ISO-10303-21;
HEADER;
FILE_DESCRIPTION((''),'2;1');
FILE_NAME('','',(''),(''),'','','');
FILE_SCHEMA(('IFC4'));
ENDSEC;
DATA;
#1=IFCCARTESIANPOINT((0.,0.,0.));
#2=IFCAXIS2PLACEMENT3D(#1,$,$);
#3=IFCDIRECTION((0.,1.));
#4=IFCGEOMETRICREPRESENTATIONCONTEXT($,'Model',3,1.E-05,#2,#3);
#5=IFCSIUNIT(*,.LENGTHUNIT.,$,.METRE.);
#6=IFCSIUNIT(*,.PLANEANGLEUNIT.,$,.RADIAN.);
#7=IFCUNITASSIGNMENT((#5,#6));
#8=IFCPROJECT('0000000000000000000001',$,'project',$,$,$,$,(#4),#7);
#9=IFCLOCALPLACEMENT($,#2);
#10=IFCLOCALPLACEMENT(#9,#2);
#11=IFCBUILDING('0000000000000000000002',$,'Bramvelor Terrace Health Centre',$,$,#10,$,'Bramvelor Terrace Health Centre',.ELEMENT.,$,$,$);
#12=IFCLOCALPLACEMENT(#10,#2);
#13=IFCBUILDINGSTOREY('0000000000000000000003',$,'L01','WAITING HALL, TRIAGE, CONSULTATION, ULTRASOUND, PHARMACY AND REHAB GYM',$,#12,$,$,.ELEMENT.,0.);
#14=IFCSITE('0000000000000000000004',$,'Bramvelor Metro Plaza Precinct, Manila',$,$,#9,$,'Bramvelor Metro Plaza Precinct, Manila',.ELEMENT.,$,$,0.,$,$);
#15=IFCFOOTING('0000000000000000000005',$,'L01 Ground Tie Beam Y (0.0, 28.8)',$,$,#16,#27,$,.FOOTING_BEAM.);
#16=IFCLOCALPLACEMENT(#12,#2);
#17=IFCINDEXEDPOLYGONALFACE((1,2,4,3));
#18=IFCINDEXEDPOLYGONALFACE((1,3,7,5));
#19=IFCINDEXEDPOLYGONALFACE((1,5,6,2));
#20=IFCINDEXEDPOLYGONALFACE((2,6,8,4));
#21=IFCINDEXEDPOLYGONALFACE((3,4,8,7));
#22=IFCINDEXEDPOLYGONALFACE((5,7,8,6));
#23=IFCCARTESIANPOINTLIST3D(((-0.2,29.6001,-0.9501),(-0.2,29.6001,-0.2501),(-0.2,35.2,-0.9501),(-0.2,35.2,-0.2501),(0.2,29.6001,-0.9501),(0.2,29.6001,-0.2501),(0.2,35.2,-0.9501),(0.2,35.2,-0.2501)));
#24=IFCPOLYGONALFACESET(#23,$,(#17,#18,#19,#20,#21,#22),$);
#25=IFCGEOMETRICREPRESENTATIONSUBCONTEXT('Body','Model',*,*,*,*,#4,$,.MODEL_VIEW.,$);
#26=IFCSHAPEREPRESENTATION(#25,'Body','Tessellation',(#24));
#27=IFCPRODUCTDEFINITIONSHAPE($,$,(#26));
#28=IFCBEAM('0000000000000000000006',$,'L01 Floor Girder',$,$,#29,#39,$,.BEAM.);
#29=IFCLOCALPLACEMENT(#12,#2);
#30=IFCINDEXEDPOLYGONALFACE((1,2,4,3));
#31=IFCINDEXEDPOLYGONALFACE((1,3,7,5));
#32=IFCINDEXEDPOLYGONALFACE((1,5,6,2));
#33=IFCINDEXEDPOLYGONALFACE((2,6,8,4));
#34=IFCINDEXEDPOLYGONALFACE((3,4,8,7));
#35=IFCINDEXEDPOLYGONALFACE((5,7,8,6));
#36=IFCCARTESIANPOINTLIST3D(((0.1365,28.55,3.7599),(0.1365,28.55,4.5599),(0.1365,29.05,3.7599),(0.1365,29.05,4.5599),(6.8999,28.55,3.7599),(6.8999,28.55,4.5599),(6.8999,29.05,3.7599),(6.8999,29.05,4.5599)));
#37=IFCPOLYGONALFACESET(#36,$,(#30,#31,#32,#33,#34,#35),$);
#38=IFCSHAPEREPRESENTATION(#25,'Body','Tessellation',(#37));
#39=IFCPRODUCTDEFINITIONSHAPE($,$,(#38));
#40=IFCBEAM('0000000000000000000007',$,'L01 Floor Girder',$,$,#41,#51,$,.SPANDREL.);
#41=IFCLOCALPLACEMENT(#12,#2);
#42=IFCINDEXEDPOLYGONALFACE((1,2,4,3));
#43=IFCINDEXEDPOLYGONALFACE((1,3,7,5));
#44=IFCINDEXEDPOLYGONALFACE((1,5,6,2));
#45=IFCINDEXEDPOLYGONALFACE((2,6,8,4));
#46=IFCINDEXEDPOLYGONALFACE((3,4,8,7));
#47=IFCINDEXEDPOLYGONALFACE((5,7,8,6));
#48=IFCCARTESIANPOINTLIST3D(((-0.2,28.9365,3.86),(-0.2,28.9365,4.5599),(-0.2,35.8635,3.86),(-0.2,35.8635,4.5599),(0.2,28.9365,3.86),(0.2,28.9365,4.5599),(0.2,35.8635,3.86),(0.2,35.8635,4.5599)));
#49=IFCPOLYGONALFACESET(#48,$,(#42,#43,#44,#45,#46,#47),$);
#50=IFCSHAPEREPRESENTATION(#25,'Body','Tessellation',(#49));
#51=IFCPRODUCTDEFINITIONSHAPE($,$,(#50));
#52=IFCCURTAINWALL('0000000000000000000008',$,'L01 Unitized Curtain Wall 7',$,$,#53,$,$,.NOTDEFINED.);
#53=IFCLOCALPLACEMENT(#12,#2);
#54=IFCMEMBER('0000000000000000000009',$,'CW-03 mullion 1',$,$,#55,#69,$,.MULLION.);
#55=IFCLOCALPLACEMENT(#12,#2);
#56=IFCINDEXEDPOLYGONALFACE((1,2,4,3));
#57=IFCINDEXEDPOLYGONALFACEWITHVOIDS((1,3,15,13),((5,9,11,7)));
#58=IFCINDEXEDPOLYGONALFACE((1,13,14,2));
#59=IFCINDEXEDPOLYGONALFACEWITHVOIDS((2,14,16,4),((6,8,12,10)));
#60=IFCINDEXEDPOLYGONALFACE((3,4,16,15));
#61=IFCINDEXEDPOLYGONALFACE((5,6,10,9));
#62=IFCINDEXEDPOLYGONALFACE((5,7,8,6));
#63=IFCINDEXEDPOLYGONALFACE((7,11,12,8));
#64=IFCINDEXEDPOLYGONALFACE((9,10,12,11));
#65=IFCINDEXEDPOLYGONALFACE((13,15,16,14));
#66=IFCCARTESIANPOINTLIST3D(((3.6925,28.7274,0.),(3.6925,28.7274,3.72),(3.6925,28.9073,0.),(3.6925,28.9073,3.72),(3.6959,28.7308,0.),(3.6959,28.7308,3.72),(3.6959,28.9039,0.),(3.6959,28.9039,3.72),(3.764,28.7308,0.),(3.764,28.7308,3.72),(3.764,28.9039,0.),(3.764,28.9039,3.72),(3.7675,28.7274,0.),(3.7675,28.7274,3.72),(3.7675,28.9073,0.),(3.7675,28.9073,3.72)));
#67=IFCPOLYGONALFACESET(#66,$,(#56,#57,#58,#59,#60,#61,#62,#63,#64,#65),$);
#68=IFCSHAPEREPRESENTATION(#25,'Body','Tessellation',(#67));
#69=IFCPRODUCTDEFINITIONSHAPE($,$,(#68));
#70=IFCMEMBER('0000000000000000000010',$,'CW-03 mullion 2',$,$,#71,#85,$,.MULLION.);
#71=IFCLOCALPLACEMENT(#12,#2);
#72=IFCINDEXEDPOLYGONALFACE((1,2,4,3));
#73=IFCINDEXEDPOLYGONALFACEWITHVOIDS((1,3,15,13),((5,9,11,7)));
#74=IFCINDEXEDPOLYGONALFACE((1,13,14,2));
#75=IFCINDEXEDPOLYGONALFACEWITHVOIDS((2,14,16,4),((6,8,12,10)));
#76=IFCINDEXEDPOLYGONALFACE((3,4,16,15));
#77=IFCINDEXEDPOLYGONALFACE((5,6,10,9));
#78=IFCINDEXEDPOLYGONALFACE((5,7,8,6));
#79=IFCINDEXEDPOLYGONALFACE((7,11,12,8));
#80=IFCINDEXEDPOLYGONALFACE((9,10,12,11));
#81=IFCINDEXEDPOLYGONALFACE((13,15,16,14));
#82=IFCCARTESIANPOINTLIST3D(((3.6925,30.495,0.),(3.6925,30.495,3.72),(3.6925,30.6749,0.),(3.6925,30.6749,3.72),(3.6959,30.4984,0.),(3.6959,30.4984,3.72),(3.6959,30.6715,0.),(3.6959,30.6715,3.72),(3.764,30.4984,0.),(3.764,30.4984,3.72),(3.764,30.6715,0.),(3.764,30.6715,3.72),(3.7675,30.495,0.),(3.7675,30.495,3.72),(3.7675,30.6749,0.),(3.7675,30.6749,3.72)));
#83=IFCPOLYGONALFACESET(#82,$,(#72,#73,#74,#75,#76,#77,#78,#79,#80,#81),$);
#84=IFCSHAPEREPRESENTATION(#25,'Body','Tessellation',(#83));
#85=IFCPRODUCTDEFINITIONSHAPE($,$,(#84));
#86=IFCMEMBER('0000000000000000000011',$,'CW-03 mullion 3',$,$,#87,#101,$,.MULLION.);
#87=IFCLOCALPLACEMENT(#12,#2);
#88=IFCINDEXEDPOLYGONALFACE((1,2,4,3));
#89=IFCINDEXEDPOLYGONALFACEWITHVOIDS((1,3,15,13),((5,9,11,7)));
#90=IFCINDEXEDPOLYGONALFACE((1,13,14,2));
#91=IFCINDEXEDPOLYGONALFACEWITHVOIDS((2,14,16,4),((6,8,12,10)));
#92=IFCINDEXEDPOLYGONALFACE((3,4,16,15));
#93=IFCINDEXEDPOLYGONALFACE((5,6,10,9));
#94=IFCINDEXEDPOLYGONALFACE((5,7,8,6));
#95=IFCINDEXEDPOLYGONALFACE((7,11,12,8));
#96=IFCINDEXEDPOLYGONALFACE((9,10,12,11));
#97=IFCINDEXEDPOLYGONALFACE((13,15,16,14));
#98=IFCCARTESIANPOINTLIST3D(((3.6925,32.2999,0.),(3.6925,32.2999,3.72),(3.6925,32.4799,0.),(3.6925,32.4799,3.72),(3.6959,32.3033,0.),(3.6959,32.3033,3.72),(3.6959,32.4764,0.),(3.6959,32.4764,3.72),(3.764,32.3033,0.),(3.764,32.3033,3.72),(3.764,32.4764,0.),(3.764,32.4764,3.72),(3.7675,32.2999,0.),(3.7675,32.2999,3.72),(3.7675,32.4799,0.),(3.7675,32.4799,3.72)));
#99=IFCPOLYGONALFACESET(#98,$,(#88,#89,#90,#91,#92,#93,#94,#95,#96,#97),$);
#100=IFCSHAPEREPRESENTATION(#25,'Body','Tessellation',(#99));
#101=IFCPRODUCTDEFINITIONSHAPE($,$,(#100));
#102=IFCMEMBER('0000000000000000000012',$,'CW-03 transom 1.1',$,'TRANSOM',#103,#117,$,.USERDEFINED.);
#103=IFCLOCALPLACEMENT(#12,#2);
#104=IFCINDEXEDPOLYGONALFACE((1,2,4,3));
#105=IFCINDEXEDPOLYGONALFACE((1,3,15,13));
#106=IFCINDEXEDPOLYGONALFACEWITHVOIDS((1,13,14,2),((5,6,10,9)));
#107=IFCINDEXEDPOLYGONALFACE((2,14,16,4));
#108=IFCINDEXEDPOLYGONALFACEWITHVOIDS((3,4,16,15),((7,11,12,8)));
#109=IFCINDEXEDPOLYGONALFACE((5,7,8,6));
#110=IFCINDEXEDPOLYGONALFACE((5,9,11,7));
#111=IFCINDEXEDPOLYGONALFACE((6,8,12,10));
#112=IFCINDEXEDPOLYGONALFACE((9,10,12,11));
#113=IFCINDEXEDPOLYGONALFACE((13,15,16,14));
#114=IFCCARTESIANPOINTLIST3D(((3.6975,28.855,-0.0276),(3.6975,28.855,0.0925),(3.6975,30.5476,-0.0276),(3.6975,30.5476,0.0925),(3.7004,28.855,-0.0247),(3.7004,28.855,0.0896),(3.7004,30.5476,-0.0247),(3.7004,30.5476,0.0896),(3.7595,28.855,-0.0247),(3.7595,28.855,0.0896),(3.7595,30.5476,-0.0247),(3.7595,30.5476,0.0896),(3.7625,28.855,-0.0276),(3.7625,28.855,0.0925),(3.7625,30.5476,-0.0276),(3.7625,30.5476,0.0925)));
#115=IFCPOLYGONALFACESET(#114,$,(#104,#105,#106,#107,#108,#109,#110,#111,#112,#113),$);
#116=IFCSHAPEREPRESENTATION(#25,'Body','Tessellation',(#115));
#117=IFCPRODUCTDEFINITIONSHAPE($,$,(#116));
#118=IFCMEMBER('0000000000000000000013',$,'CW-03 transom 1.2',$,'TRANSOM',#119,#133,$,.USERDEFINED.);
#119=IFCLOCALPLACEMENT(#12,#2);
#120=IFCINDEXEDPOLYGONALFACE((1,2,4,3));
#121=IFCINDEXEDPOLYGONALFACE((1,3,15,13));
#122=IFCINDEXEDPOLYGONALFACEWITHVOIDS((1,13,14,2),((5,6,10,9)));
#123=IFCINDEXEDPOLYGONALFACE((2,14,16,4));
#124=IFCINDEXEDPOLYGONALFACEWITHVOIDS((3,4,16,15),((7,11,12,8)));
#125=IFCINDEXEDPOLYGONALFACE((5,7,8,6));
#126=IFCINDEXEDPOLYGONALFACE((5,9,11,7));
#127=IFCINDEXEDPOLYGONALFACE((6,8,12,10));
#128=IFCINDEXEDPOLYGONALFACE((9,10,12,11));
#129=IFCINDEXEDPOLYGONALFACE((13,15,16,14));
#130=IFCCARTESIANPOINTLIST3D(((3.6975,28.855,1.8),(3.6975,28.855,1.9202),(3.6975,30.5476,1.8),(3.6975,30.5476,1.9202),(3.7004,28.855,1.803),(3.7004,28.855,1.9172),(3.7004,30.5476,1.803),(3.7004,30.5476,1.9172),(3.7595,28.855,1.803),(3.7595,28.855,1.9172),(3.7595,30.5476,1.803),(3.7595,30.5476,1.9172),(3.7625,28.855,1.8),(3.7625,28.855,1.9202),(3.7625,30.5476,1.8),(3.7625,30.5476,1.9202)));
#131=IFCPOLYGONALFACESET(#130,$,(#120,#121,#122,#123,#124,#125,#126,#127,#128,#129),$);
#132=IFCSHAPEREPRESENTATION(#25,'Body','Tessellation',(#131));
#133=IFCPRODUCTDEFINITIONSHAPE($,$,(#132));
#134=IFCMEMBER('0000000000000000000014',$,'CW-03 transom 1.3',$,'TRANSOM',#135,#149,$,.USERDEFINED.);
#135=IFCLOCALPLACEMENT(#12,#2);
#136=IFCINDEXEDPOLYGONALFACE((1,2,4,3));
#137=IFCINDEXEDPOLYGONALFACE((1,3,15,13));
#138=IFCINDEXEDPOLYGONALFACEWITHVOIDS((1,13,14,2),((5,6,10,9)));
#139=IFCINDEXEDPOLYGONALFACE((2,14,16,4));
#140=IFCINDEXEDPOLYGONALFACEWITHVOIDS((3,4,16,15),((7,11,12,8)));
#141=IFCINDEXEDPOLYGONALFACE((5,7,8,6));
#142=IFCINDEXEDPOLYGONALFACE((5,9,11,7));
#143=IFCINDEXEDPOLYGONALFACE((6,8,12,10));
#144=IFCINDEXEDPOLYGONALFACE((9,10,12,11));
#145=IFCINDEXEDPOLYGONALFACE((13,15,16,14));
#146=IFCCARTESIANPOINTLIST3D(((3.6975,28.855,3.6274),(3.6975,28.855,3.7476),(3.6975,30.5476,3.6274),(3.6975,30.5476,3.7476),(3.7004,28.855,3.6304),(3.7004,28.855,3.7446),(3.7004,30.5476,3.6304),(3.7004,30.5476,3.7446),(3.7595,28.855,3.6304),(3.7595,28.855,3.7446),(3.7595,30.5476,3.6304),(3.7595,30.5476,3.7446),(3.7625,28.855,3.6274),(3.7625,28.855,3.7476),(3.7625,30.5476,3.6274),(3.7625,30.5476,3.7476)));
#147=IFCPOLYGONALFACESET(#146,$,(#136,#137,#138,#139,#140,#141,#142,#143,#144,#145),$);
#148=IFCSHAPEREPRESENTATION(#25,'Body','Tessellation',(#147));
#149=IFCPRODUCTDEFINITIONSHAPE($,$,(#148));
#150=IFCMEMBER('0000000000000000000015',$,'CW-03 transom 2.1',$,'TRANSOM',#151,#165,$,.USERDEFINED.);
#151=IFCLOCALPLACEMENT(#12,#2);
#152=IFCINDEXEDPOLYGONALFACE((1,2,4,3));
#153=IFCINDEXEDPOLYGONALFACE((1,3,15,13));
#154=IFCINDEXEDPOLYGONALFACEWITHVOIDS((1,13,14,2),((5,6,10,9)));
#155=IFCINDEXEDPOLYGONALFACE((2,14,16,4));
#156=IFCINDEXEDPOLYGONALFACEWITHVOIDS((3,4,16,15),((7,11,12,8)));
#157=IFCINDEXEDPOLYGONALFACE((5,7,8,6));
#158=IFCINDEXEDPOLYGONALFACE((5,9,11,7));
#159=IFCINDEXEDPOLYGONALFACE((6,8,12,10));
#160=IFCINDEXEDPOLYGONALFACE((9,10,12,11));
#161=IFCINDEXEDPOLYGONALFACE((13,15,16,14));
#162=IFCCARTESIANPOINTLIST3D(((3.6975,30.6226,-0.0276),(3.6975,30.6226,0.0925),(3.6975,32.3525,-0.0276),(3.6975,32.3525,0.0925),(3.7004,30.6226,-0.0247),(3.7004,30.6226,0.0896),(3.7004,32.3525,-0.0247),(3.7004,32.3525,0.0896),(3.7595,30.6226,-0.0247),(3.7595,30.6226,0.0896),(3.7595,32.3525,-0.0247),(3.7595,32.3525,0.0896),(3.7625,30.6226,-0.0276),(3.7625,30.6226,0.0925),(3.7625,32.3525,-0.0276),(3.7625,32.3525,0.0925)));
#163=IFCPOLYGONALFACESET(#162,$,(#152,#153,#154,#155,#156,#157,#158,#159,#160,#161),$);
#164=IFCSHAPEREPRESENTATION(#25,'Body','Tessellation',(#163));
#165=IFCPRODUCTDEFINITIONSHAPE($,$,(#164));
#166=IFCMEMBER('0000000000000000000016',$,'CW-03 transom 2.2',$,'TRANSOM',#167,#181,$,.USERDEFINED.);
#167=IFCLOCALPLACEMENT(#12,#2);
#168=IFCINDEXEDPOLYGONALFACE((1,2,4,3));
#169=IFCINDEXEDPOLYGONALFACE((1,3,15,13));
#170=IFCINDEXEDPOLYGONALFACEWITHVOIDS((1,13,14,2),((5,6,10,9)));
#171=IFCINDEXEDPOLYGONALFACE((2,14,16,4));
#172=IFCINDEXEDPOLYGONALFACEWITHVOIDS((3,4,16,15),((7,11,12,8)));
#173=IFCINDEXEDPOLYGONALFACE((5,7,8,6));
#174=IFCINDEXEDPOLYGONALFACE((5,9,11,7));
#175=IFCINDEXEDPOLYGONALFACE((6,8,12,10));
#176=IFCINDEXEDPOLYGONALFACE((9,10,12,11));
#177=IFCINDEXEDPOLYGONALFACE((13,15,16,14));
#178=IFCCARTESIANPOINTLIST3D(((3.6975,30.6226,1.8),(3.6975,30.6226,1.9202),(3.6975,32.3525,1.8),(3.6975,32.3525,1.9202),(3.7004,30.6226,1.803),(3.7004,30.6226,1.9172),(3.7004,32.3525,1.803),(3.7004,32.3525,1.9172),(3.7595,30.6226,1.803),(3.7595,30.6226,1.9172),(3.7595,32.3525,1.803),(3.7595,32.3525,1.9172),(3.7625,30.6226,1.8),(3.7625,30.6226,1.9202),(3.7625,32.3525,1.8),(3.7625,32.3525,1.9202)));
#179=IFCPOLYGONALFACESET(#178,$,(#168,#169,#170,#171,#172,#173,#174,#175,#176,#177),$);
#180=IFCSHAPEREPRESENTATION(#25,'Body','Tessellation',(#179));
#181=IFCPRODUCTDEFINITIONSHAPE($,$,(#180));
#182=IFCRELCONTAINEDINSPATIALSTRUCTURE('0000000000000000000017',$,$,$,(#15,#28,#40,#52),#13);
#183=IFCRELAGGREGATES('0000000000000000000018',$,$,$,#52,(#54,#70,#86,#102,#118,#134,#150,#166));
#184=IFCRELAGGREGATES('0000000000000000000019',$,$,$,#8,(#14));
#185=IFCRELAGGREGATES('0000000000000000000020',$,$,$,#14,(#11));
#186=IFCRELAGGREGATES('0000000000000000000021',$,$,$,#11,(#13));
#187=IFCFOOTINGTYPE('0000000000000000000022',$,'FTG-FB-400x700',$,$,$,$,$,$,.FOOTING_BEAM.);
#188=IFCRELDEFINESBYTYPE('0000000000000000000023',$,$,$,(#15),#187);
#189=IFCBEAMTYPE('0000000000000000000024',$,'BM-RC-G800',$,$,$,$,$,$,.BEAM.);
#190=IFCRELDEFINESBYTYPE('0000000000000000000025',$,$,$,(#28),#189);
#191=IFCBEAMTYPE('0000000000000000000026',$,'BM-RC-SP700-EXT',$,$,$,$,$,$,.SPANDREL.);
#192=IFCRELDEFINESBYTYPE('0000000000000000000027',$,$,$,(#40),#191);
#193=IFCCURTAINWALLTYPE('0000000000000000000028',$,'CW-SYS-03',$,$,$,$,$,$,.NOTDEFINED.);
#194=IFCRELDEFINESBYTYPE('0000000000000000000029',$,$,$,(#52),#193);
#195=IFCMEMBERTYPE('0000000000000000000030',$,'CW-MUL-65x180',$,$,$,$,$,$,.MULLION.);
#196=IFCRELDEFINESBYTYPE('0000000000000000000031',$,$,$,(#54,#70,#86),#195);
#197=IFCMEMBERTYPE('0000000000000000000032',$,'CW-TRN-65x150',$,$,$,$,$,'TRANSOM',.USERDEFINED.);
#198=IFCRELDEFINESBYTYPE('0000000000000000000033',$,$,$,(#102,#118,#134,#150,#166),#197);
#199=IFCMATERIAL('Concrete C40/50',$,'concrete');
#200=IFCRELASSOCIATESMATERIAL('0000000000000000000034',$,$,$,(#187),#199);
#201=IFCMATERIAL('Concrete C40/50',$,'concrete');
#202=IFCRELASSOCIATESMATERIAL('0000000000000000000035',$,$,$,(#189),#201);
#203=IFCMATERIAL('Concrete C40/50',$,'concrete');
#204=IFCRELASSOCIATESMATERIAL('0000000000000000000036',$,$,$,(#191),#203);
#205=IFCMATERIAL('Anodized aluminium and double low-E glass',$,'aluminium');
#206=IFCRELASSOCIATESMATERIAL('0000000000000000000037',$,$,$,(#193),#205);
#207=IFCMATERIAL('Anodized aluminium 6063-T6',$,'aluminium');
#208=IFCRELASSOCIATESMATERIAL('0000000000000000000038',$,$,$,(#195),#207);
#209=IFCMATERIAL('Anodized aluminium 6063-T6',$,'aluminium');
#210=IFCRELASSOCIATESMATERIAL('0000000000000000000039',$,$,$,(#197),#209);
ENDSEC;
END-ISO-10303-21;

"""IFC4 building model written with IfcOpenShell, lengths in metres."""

from ifc_helpers import new_model, si_unit, direction, frame, origin, origin_2d, place, context, subcontext, project, spatial, rectangle, hollow_rectangle, extrude, material, material_profile, profile_set, type_object, element, aggregate, save


model = new_model("IFC4")

# Units and contexts
model_context = context("Model", 3, precision=1e-05, world=origin(), true_north=direction((0.0, 1.0)))
body_context = subcontext(model_context, "Body", "Model", "MODEL_VIEW")
ifc_project = project(units=[si_unit("LENGTHUNIT", "METRE"), si_unit("PLANEANGLEUNIT", "RADIAN")], contexts=[model_context])

# Site, building, storey
site_placement = place(None, origin())
site = spatial("IfcSite", under=ifc_project, at=site_placement, Name="Bramvelor Metro Plaza Precinct, Manila", LongName="Bramvelor Metro Plaza Precinct, Manila", CompositionType="ELEMENT", RefElevation=0.0)
building_placement = place(site_placement, origin())
building = spatial("IfcBuilding", under=site, at=building_placement, Name="Bramvelor Terrace Health Centre", LongName="Bramvelor Terrace Health Centre", CompositionType="ELEMENT")
storey_placement = place(building_placement, origin())
storey = spatial("IfcBuildingStorey", under=building, at=storey_placement, Name="L01", Description="WAITING HALL, TRIAGE, CONSULTATION, ULTRASOUND, PHARMACY AND REHAB GYM", CompositionType="ELEMENT", Elevation=0.0)

# Footing
ifc_material_1 = material(Name="Concrete C40/50", Category="concrete")
ifc_material_profile_1 = material_profile(ifc_material_1, rectangle(XDim=0.3999, YDim=0.7, at=origin_2d()), Name="RC 400x700")
ifc_profile_set_1 = profile_set([ifc_material_profile_1], Name="Concrete C40/50")
footing_type = type_object("IfcFootingType", Name="FTG-FB-400x700", PredefinedType="FOOTING_BEAM", material=ifc_profile_set_1)
footing_placement = place(storey_placement, frame((0.0, 29.6001, -0.6001), z_axis=(0.0, 1.0, 0.0), x_axis=(-1.0, 0.0, 0.0)))
element("IfcFooting", 1, at=footing_placement, inside=storey, type_object=footing_type, Name="L01 Ground Tie Beam Y (0.0, 28.8)", PredefinedType="FOOTING_BEAM", context=body_context, shape_type="SweptSolid", body=[
    extrude(rectangle(XDim=0.3999, YDim=0.7, at=origin_2d()), origin(), (0.0, 0.0, 1.0), 5.5999),
])

# Beams
ifc_material_2 = material(Name="Concrete C40/50", Category="concrete")
ifc_material_profile_2 = material_profile(ifc_material_2, rectangle(XDim=0.5, YDim=0.8, at=origin_2d()), Name="RC 500x800")
ifc_profile_set_2 = profile_set([ifc_material_profile_2], Name="Concrete C40/50")
beam_type_1 = type_object("IfcBeamType", Name="BM-RC-G800", PredefinedType="BEAM", material=ifc_profile_set_2)
beam_1_placement = place(storey_placement, frame((0.1365, 28.8, 4.1599), z_axis=(1.0, 0.0, 0.0), x_axis=(0.0, 1.0, 0.0)))
element("IfcBeam", 2, at=beam_1_placement, inside=storey, type_object=beam_type_1, Name="L01 Floor Girder", PredefinedType="BEAM", context=body_context, shape_type="SweptSolid", body=[
    extrude(rectangle(XDim=0.5, YDim=0.8, at=origin_2d()), origin(), (0.0, 0.0, 1.0), 6.7634),
])
ifc_material_3 = material(Name="Concrete C40/50", Category="concrete")
ifc_material_profile_3 = material_profile(ifc_material_3, rectangle(XDim=0.3999, YDim=0.7, at=origin_2d()), Name="RC 400x700")
ifc_profile_set_3 = profile_set([ifc_material_profile_3], Name="Concrete C40/50")
beam_type_2 = type_object("IfcBeamType", Name="BM-RC-SP700-EXT", PredefinedType="SPANDREL", material=ifc_profile_set_3)
beam_2_placement = place(storey_placement, frame((0.0, 28.9365, 4.21), z_axis=(0.0, 1.0, 0.0), x_axis=(-1.0, 0.0, 0.0)))
element("IfcBeam", 3, at=beam_2_placement, inside=storey, type_object=beam_type_2, Name="L01 Floor Girder", PredefinedType="SPANDREL", context=body_context, shape_type="SweptSolid", body=[
    extrude(rectangle(XDim=0.3999, YDim=0.7, at=origin_2d()), origin(), (0.0, 0.0, 1.0), 6.927),
])

# Curtain wall, members
ifc_material_4 = material(Name="Anodized aluminium and double low-E glass", Category="aluminium")
curtain_wall_type = type_object("IfcCurtainWallType", Name="CW-SYS-03", PredefinedType="NOTDEFINED", material=ifc_material_4)
curtain_wall_placement = place(storey_placement, origin())
curtain_wall = element("IfcCurtainWall", 4, at=curtain_wall_placement, inside=storey, type_object=curtain_wall_type, Name="L01 Unitized Curtain Wall 7", PredefinedType="NOTDEFINED")
ifc_material_5 = material(Name="Anodized aluminium 6063-T6", Category="aluminium")
ifc_material_profile_4 = material_profile(ifc_material_5, hollow_rectangle(XDim=0.075, YDim=0.1799, WallThickness=0.0034, at=origin_2d()), Name="ALU-MUL 75x180x3.5")
ifc_profile_set_4 = profile_set([ifc_material_profile_4], Name="Anodized aluminium 6063-T6")
member_type_1 = type_object("IfcMemberType", Name="CW-MUL-65x180", PredefinedType="MULLION", material=ifc_profile_set_4)
member_1_placement = place(storey_placement, frame((3.73, 28.8174, 0.0), z_axis=(0.0, 0.0, 1.0), x_axis=(-1.0, 0.0, 0.0)))
member_1 = element("IfcMember", 5, at=member_1_placement, type_object=member_type_1, Name="CW-03 mullion 1", PredefinedType="MULLION", context=body_context, shape_type="SweptSolid", body=[
    extrude(hollow_rectangle(XDim=0.075, YDim=0.1799, WallThickness=0.0034, at=origin_2d()), origin(), (0.0, 0.0, 1.0), 3.72),
])
member_2_placement = place(storey_placement, frame((3.73, 30.585, 0.0), z_axis=(0.0, 0.0, 1.0), x_axis=(-1.0, 0.0, 0.0)))
member_2 = element("IfcMember", 6, at=member_2_placement, type_object=member_type_1, Name="CW-03 mullion 2", PredefinedType="MULLION", context=body_context, shape_type="SweptSolid", body=[
    extrude(hollow_rectangle(XDim=0.075, YDim=0.1799, WallThickness=0.0034, at=origin_2d()), origin(), (0.0, 0.0, 1.0), 3.72),
])
member_3_placement = place(storey_placement, frame((3.73, 32.3899, 0.0), z_axis=(0.0, 0.0, 1.0), x_axis=(-1.0, 0.0, 0.0)))
member_3 = element("IfcMember", 7, at=member_3_placement, type_object=member_type_1, Name="CW-03 mullion 3", PredefinedType="MULLION", context=body_context, shape_type="SweptSolid", body=[
    extrude(hollow_rectangle(XDim=0.075, YDim=0.1799, WallThickness=0.0034, at=origin_2d()), origin(), (0.0, 0.0, 1.0), 3.72),
])
ifc_material_6 = material(Name="Anodized aluminium 6063-T6", Category="aluminium")
ifc_material_profile_5 = material_profile(ifc_material_6, hollow_rectangle(XDim=0.0649, YDim=0.1201, WallThickness=0.0029, at=origin_2d()), Name="ALU-TRN 65x120x3.0")
ifc_profile_set_5 = profile_set([ifc_material_profile_5], Name="Anodized aluminium 6063-T6")
member_type_2 = type_object("IfcMemberType", Name="CW-TRN-65x150", ElementType="TRANSOM", PredefinedType="USERDEFINED", material=ifc_profile_set_5)
member_4_placement = place(storey_placement, frame((3.73, 28.855, 0.0325), z_axis=(0.0, 1.0, 0.0), x_axis=(-1.0, 0.0, 0.0)))
member_4 = element("IfcMember", 8, at=member_4_placement, type_object=member_type_2, Name="CW-03 transom 1.1", ObjectType="TRANSOM", PredefinedType="USERDEFINED", context=body_context, shape_type="SweptSolid", body=[
    extrude(hollow_rectangle(XDim=0.0649, YDim=0.1201, WallThickness=0.0029, at=origin_2d()), origin(), (0.0, 0.0, 1.0), 1.6926),
])
member_5_placement = place(storey_placement, frame((3.73, 28.855, 1.8601), z_axis=(0.0, 1.0, 0.0), x_axis=(-1.0, 0.0, 0.0)))
member_5 = element("IfcMember", 9, at=member_5_placement, type_object=member_type_2, Name="CW-03 transom 1.2", ObjectType="TRANSOM", PredefinedType="USERDEFINED", context=body_context, shape_type="SweptSolid", body=[
    extrude(hollow_rectangle(XDim=0.0649, YDim=0.1201, WallThickness=0.0029, at=origin_2d()), origin(), (0.0, 0.0, 1.0), 1.6926),
])
member_6_placement = place(storey_placement, frame((3.73, 28.855, 3.6875), z_axis=(0.0, 1.0, 0.0), x_axis=(-1.0, 0.0, 0.0)))
member_6 = element("IfcMember", 10, at=member_6_placement, type_object=member_type_2, Name="CW-03 transom 1.3", ObjectType="TRANSOM", PredefinedType="USERDEFINED", context=body_context, shape_type="SweptSolid", body=[
    extrude(hollow_rectangle(XDim=0.0649, YDim=0.1201, WallThickness=0.0029, at=origin_2d()), origin(), (0.0, 0.0, 1.0), 1.6926),
])
member_7_placement = place(storey_placement, frame((3.73, 30.6226, 0.0325), z_axis=(0.0, 1.0, 0.0), x_axis=(-1.0, 0.0, 0.0)))
member_7 = element("IfcMember", 11, at=member_7_placement, type_object=member_type_2, Name="CW-03 transom 2.1", ObjectType="TRANSOM", PredefinedType="USERDEFINED", context=body_context, shape_type="SweptSolid", body=[
    extrude(hollow_rectangle(XDim=0.0649, YDim=0.1201, WallThickness=0.0029, at=origin_2d()), origin(), (0.0, 0.0, 1.0), 1.73),
])
member_8_placement = place(storey_placement, frame((3.73, 30.6226, 1.8601), z_axis=(0.0, 1.0, 0.0), x_axis=(-1.0, 0.0, 0.0)))
member_8 = element("IfcMember", 12, at=member_8_placement, type_object=member_type_2, Name="CW-03 transom 2.2", ObjectType="TRANSOM", PredefinedType="USERDEFINED", context=body_context, shape_type="SweptSolid", body=[
    extrude(hollow_rectangle(XDim=0.0649, YDim=0.1201, WallThickness=0.0029, at=origin_2d()), origin(), (0.0, 0.0, 1.0), 1.73),
])
aggregate(curtain_wall, [member_1, member_2, member_3, member_4, member_5, member_6, member_7, member_8])

save(model, "model.ifc")
